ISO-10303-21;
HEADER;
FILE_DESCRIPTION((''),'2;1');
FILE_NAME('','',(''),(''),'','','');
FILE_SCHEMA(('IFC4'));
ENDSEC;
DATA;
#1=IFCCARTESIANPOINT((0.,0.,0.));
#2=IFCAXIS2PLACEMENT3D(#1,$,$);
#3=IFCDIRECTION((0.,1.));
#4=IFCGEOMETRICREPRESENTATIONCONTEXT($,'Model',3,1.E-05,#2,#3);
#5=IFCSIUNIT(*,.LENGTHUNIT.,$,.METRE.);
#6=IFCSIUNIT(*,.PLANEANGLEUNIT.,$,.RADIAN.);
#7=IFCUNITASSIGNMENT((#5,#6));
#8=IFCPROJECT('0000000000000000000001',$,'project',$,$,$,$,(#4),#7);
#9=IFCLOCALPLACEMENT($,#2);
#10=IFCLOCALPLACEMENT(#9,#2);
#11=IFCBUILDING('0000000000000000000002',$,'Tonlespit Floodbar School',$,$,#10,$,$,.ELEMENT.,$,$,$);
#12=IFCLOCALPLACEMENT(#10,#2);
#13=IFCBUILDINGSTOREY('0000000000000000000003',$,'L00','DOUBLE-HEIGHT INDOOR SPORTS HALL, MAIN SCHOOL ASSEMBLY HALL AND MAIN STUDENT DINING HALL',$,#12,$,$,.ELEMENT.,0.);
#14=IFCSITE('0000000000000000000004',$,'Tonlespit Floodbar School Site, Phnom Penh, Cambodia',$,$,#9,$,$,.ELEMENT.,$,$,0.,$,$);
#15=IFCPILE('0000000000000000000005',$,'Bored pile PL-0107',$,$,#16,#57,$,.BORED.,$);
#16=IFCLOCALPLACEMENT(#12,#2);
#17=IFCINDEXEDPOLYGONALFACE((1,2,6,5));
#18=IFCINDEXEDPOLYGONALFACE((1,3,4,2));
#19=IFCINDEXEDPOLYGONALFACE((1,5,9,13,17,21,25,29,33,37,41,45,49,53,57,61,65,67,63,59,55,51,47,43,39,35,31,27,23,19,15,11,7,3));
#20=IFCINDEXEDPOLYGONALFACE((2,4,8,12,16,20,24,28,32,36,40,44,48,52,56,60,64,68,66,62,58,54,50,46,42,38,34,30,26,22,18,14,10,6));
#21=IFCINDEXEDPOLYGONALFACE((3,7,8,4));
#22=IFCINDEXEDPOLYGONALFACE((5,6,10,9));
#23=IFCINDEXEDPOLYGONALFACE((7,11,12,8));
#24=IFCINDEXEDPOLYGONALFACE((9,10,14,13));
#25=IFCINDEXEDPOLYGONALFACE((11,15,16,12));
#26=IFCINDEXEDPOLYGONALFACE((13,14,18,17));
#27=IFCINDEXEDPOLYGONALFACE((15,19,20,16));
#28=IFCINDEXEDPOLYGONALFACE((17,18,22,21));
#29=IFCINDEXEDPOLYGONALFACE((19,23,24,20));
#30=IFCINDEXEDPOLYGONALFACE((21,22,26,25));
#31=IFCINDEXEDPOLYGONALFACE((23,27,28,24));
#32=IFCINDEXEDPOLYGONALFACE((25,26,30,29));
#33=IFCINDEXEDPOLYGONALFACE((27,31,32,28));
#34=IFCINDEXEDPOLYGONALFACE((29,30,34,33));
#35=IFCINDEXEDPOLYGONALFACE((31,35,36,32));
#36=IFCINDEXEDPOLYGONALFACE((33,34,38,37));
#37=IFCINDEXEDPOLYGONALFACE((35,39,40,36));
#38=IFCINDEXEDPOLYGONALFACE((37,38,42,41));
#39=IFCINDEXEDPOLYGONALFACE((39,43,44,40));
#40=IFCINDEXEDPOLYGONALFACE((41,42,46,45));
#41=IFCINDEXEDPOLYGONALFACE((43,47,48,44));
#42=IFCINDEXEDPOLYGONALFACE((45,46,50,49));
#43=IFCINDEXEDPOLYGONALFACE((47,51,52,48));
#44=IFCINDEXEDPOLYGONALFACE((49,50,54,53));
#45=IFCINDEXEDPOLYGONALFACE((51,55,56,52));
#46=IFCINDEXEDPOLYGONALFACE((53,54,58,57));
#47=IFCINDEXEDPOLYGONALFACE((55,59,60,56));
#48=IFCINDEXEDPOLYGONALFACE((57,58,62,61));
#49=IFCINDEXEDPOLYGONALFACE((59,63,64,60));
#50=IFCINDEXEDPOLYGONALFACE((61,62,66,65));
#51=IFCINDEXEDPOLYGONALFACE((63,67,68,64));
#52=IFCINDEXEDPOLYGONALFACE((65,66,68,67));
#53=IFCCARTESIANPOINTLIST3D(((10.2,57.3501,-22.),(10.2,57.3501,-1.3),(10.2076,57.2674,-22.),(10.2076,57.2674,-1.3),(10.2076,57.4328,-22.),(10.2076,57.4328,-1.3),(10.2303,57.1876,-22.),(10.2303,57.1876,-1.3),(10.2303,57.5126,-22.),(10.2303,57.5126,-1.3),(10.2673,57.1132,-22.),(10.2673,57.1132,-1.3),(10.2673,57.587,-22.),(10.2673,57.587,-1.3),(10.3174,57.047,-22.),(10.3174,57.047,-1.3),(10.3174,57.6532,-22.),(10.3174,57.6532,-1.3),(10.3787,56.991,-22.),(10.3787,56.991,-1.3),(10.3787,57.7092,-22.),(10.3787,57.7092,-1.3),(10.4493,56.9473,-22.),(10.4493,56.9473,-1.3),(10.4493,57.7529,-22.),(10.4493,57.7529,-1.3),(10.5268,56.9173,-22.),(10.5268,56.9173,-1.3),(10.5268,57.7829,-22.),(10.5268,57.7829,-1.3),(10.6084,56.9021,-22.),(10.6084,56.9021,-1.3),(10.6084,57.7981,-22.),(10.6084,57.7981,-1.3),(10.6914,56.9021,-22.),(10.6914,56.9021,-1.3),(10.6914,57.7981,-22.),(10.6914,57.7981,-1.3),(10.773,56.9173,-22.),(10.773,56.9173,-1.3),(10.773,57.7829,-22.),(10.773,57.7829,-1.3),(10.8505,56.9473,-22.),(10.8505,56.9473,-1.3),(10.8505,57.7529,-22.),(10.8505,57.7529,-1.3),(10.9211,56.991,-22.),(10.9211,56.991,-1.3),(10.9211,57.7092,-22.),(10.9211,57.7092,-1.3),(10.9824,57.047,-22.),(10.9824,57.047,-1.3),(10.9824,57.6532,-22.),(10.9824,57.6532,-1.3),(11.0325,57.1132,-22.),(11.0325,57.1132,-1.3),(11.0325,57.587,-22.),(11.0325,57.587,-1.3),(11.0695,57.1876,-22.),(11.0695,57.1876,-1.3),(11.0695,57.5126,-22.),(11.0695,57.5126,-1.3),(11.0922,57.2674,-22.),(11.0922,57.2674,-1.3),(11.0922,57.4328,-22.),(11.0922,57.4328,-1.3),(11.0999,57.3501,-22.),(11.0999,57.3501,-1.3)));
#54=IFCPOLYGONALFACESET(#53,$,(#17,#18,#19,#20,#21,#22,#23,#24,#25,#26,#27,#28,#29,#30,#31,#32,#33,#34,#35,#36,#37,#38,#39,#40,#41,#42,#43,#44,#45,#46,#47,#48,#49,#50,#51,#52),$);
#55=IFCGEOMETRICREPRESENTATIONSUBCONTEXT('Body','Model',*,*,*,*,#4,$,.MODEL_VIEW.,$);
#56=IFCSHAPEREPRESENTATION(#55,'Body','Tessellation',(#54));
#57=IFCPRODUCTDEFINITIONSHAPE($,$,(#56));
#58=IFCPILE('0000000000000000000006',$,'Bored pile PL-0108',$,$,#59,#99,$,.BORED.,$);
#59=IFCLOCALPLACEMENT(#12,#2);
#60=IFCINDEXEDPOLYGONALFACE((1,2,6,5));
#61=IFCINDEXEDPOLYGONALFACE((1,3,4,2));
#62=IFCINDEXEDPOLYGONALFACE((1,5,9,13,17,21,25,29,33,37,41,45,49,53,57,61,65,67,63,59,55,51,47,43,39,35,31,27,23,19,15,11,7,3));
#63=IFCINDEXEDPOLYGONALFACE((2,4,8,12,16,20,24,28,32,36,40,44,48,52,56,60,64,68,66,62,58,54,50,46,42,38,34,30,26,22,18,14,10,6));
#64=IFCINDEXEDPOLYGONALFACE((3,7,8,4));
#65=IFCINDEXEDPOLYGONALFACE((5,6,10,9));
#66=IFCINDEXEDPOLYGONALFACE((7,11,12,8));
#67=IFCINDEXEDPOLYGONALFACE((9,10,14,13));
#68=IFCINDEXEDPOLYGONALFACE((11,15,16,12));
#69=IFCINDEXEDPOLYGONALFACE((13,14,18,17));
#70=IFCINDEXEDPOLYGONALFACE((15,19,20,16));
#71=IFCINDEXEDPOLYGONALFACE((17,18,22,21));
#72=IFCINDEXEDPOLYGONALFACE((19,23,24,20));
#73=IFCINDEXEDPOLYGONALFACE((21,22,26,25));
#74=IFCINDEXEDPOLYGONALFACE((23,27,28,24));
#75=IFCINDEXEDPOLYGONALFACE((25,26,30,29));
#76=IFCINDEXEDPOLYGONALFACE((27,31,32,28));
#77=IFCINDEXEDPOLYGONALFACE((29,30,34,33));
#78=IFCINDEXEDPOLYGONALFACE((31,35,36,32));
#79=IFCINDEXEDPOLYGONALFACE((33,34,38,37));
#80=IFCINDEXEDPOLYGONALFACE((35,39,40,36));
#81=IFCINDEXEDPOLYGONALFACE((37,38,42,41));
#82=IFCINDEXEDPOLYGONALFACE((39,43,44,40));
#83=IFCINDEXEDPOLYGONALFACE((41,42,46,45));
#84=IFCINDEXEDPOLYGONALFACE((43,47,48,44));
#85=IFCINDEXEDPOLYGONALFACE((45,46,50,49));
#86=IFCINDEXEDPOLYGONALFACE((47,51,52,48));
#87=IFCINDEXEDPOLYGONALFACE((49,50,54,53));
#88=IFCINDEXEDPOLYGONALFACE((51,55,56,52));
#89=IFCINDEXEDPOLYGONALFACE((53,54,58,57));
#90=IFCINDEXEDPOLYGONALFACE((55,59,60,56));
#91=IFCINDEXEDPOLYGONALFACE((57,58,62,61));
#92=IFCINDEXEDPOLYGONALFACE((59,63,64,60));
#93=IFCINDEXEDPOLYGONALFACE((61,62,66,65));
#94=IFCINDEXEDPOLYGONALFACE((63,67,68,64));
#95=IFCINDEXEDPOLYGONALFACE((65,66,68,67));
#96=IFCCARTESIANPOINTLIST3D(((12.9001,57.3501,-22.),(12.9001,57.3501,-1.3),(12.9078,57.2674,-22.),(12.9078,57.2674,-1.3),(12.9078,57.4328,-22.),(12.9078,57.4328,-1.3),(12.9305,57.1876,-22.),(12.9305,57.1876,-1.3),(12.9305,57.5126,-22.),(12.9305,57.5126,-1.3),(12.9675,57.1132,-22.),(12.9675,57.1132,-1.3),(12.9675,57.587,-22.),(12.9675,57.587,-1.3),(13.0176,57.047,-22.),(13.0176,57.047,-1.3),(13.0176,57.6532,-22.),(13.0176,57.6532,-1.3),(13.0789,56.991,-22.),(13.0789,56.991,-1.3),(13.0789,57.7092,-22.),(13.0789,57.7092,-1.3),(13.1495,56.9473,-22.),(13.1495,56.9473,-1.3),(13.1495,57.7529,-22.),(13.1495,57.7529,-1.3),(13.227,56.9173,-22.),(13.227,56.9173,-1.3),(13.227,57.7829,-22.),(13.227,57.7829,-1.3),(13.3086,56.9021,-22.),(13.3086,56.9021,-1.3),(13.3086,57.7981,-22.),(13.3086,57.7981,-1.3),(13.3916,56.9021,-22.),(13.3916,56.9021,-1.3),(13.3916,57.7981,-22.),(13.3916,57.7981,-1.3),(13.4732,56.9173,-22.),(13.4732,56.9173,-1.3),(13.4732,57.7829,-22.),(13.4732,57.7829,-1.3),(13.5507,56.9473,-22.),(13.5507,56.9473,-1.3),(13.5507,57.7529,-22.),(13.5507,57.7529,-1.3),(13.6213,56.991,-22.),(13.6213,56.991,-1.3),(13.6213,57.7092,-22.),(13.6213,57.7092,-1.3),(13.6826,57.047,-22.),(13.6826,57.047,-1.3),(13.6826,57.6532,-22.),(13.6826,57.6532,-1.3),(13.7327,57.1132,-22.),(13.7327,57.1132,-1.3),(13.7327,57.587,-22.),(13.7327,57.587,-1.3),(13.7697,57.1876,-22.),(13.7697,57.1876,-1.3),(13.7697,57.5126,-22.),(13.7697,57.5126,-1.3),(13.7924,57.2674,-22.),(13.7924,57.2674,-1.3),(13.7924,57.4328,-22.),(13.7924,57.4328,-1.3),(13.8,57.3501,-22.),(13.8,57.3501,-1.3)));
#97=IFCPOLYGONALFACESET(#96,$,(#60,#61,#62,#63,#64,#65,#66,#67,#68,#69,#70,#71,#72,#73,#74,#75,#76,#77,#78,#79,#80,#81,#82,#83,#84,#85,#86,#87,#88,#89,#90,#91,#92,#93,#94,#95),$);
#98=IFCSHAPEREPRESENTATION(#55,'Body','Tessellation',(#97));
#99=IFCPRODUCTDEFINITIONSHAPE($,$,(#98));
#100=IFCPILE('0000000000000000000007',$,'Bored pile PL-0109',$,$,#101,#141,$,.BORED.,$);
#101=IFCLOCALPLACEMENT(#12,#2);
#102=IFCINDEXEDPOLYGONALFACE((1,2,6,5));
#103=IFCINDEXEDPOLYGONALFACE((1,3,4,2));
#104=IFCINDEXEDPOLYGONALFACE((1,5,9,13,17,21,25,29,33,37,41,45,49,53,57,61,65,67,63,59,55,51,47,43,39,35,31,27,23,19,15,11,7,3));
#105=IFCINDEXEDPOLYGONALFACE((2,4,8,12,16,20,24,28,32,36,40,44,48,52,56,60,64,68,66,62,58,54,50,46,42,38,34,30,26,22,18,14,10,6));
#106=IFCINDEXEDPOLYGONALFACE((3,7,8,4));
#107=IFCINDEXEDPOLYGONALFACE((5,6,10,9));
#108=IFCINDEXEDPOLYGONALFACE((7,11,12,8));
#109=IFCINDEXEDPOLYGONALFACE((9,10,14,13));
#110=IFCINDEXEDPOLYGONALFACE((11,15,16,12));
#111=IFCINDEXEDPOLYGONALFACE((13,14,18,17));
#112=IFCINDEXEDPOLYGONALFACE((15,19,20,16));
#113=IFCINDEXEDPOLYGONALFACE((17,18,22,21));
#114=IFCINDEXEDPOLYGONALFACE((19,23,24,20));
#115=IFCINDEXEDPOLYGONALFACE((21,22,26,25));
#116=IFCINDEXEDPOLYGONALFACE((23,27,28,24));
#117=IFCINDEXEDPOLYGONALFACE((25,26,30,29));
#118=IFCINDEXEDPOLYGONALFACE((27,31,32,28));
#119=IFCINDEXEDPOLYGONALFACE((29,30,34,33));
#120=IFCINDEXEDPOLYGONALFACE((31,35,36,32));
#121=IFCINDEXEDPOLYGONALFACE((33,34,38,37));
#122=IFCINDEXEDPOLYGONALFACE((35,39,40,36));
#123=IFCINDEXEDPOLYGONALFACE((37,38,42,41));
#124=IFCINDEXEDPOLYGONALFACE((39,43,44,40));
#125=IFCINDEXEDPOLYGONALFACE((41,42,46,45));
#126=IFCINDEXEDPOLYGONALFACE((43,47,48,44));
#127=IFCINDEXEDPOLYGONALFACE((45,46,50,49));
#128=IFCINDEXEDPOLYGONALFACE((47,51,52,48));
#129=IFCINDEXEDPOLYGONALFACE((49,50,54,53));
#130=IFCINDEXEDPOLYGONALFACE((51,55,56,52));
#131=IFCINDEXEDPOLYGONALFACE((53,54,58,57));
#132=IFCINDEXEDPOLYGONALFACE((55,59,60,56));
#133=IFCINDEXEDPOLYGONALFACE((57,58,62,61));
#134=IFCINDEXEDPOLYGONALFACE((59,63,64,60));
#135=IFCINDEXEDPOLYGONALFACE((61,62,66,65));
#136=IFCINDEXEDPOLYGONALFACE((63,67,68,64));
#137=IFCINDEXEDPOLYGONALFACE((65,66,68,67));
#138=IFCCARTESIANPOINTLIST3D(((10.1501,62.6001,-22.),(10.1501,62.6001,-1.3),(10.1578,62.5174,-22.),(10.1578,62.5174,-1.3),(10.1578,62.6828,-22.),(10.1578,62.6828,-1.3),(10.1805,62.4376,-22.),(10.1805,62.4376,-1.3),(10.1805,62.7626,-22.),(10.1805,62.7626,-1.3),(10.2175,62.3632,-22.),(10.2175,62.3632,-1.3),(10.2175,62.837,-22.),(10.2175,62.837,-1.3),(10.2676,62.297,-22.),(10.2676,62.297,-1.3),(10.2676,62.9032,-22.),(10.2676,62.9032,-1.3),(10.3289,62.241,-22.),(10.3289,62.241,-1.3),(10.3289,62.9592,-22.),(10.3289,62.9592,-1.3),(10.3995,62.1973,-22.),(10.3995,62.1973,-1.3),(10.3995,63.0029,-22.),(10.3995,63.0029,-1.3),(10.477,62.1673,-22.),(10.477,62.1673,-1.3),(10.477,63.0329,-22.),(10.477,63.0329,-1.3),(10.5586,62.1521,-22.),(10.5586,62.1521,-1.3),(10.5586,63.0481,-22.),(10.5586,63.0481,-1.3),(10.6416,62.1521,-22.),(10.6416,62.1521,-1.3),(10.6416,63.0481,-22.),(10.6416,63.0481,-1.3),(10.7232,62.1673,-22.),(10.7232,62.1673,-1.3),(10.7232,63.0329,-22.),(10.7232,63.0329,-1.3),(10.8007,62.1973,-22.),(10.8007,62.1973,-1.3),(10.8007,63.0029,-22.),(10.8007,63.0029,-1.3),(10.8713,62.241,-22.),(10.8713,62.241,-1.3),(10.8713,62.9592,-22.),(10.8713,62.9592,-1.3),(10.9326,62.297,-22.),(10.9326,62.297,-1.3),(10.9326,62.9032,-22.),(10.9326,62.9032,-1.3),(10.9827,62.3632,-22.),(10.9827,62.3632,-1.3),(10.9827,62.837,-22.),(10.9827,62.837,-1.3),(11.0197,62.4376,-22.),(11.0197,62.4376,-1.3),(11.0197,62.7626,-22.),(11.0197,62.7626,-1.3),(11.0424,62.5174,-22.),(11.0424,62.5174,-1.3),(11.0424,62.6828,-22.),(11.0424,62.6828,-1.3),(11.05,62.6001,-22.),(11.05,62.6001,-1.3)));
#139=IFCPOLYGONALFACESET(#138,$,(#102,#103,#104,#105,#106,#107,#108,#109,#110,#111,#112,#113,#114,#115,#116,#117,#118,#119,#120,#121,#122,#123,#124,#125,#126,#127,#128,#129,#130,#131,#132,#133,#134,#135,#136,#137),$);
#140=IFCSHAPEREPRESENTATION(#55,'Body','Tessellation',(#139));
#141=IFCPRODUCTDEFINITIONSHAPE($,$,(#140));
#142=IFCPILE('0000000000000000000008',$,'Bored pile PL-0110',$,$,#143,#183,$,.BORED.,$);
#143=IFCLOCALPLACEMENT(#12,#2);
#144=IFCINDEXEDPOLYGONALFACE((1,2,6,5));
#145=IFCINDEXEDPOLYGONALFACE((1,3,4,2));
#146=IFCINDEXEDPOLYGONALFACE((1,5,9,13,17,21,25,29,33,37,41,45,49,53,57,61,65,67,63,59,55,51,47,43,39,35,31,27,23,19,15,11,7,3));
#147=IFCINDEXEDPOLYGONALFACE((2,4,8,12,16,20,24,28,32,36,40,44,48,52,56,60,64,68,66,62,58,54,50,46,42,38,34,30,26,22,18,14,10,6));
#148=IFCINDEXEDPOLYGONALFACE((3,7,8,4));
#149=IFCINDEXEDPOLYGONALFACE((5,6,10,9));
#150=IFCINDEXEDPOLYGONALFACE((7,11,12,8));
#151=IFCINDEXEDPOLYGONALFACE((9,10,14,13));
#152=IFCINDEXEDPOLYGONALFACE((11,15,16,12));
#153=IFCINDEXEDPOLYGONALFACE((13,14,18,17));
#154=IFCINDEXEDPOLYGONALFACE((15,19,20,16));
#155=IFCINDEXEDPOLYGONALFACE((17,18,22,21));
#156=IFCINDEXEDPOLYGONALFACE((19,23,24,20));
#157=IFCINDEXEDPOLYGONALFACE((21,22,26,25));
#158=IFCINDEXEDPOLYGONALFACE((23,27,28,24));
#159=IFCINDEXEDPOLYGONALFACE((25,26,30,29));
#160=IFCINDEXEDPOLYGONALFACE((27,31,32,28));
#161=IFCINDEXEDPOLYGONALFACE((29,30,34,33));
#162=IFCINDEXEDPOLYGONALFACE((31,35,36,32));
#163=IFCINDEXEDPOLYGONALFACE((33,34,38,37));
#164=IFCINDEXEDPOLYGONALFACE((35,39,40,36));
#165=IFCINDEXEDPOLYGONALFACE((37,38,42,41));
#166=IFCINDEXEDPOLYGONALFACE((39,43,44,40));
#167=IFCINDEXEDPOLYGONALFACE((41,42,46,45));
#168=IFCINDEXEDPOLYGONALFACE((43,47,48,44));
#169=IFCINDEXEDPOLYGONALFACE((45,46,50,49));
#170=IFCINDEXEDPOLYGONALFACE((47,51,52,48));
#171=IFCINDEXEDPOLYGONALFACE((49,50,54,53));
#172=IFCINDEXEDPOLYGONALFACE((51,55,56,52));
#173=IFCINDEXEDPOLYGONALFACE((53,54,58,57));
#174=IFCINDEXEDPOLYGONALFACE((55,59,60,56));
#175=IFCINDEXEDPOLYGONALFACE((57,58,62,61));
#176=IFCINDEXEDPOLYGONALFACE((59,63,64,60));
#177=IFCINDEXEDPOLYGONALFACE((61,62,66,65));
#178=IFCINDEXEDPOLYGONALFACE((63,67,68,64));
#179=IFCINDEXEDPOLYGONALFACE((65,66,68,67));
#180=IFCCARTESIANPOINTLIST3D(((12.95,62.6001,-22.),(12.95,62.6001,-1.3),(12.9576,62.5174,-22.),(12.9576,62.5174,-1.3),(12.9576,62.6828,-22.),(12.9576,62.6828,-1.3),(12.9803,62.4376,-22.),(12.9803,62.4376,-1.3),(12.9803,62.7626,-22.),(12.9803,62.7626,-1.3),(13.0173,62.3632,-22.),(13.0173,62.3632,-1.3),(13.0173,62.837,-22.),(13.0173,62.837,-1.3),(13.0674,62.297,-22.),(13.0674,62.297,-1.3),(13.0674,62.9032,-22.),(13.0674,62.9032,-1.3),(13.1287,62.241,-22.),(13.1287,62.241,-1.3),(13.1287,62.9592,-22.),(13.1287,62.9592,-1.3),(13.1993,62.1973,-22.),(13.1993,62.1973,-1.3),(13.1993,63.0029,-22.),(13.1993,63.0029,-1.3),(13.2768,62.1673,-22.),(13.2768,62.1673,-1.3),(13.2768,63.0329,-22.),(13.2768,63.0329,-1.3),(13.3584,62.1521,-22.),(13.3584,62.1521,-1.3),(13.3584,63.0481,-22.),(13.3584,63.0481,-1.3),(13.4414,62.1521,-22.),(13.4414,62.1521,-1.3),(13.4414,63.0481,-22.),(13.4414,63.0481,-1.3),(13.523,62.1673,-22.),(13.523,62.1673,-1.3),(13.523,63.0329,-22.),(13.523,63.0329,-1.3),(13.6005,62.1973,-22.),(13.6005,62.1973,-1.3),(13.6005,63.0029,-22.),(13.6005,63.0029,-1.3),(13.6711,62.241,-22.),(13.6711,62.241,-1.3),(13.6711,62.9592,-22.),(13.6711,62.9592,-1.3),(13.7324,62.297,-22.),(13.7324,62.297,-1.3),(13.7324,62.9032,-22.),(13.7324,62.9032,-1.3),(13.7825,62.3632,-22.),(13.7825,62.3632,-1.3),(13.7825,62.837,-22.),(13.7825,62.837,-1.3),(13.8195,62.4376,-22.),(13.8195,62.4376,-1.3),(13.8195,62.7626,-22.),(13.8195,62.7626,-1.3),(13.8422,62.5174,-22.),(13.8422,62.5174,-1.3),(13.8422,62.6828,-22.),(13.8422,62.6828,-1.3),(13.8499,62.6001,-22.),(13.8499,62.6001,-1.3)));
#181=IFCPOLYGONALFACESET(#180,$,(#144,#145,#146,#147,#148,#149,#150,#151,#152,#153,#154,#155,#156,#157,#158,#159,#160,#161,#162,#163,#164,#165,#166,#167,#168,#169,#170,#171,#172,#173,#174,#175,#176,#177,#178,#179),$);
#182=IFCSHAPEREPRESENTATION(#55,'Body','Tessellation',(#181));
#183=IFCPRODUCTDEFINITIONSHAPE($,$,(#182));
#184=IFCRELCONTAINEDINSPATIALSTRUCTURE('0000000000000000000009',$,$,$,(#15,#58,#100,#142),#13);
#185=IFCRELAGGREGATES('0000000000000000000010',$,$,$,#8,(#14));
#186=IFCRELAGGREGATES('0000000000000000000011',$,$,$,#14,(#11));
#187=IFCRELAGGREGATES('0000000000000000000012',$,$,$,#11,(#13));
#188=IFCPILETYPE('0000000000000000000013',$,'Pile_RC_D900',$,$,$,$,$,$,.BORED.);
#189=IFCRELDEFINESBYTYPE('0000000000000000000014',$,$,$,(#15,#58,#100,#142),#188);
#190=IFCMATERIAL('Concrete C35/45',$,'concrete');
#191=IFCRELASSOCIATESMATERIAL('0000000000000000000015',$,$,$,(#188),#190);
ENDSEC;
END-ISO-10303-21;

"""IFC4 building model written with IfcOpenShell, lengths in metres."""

from ifc_helpers import new_model, si_unit, direction, frame, origin, origin_2d, place, context, subcontext, project, spatial, circle, extrude, material, material_profile, profile_set, type_object, element, save


model = new_model("IFC4")

# Units and contexts
model_context = context("Model", 3, precision=1e-05, world=origin(), true_north=direction((0.0, 1.0)))
body_context = subcontext(model_context, "Body", "Model", "MODEL_VIEW")
ifc_project = project(units=[si_unit("LENGTHUNIT", "METRE"), si_unit("PLANEANGLEUNIT", "RADIAN")], contexts=[model_context])

# Site, building, storey
site_placement = place(None, origin())
site = spatial("IfcSite", under=ifc_project, at=site_placement, Name="Tonlespit Floodbar School Site, Phnom Penh, Cambodia", CompositionType="ELEMENT", RefElevation=0.0)
building_placement = place(site_placement, origin())
building = spatial("IfcBuilding", under=site, at=building_placement, Name="Tonlespit Floodbar School", CompositionType="ELEMENT")
storey_placement = place(building_placement, origin())
storey = spatial("IfcBuildingStorey", under=building, at=storey_placement, Name="L00", Description="DOUBLE-HEIGHT INDOOR SPORTS HALL, MAIN SCHOOL ASSEMBLY HALL AND MAIN STUDENT DINING HALL", CompositionType="ELEMENT", Elevation=0.0)

# Piles
ifc_material_1 = material(Name="Concrete C35/45", Category="concrete")
ifc_material_profile_1 = material_profile(ifc_material_1, circle(Radius=0.45, at=origin_2d()), Name="BP D900")
ifc_profile_set_1 = profile_set([ifc_material_profile_1], Name="Concrete C35/45")
pile_type = type_object("IfcPileType", Name="Pile_RC_D900", PredefinedType="BORED", material=ifc_profile_set_1)
for number, where, z_axis, x_axis, name in (
    (1, (10.6499, 57.3501, -1.3), (0.0, 0.0, -1.0), (1.0, 0.0, 0.0), "Bored pile PL-0107"),
    (2, (13.3501, 57.3501, -1.3), (0.0, 0.0, -1.0), (1.0, 0.0, 0.0), "Bored pile PL-0108"),
    (3, (10.6001, 62.6001, -1.3), (0.0, 0.0, -1.0), (1.0, 0.0, 0.0), "Bored pile PL-0109"),
    (4, (13.3999, 62.6001, -1.3), (0.0, 0.0, -1.0), (1.0, 0.0, 0.0), "Bored pile PL-0110"),
):
    element("IfcPile", number, at=place(storey_placement, frame(where, z_axis=z_axis, x_axis=x_axis)), inside=storey, type_object=pile_type, Name=name, PredefinedType="BORED", context=body_context, shape_type="SweptSolid", body=[
        extrude(circle(Radius=0.45, at=origin_2d()), origin(), (0.0, 0.0, 1.0), 20.7),
    ])

save(model, "model.ifc")
